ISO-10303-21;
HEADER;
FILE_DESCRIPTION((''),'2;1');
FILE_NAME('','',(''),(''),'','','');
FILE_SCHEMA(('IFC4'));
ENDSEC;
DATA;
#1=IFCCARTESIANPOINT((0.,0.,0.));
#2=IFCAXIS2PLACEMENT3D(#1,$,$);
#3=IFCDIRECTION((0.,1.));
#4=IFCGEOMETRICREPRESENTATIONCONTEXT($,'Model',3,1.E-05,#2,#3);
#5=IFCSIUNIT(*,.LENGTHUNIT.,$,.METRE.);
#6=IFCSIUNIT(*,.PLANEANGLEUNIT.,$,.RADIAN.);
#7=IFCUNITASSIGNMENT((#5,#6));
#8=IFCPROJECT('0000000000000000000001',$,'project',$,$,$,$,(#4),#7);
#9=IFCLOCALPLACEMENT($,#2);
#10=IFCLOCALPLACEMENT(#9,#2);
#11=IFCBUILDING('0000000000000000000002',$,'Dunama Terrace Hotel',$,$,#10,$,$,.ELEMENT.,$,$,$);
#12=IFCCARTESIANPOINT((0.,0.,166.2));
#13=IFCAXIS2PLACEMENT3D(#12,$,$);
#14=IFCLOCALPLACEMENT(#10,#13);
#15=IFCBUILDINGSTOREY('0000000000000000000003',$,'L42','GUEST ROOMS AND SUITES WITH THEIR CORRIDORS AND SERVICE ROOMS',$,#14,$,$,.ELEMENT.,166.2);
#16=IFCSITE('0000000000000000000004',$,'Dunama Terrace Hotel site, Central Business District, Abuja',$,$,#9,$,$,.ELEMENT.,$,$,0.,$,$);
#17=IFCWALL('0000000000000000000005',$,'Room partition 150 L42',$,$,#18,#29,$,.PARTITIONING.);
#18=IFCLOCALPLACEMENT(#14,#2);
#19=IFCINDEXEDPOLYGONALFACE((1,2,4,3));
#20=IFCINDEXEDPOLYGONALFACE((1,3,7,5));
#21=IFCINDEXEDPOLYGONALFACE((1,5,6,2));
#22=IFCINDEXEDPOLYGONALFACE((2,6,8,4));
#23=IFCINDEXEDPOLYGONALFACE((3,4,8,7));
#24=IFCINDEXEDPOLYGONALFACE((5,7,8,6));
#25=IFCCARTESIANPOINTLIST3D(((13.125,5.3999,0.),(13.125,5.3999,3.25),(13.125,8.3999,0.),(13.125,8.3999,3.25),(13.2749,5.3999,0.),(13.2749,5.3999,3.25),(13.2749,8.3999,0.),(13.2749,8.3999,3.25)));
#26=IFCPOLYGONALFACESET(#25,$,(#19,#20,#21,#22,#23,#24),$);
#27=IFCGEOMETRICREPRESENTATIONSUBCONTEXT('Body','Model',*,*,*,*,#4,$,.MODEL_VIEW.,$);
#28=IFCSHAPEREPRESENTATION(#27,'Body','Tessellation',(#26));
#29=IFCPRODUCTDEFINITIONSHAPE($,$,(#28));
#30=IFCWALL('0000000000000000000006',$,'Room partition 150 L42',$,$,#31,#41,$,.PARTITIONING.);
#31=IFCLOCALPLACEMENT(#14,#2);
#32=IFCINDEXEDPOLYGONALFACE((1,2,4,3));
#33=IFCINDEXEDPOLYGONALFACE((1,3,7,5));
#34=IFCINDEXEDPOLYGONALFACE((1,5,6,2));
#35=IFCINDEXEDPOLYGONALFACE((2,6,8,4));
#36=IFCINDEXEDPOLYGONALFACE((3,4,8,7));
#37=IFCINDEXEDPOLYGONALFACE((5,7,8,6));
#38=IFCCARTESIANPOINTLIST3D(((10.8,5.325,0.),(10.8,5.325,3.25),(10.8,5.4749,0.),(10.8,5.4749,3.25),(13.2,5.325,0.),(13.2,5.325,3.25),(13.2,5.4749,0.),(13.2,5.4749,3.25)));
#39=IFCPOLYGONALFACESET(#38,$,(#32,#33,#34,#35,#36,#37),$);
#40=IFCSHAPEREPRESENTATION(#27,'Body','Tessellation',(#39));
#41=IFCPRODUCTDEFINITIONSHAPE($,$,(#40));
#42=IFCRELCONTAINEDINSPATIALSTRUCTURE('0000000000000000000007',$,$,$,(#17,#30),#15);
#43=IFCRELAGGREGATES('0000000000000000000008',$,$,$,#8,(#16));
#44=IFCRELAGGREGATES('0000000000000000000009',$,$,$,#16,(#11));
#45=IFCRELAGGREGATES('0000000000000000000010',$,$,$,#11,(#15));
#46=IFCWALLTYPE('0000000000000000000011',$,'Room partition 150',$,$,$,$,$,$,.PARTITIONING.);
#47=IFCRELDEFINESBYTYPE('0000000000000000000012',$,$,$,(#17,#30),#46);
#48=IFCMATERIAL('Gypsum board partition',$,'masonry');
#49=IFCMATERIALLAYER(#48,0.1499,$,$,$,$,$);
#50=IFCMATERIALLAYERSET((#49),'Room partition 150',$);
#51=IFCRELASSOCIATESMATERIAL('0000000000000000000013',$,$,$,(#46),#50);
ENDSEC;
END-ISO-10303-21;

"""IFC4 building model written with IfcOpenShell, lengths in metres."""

from ifc_helpers import new_model, si_unit, direction, frame, frame_2d, origin, place, context, subcontext, project, spatial, rectangle, extrude, material, layer, layer_set, type_object, element, save


model = new_model("IFC4")

# Units and contexts
model_context = context("Model", 3, precision=1e-05, world=origin(), true_north=direction((0.0, 1.0)))
body_context = subcontext(model_context, "Body", "Model", "MODEL_VIEW")
ifc_project = project(units=[si_unit("LENGTHUNIT", "METRE"), si_unit("PLANEANGLEUNIT", "RADIAN")], contexts=[model_context])

# Site, building, storey
site_placement = place(None, origin())
site = spatial("IfcSite", under=ifc_project, at=site_placement, Name="Dunama Terrace Hotel site, Central Business District, Abuja", CompositionType="ELEMENT", RefElevation=0.0)
building_placement = place(site_placement, origin())
building = spatial("IfcBuilding", under=site, at=building_placement, Name="Dunama Terrace Hotel", CompositionType="ELEMENT")
storey_placement = place(building_placement, frame((0.0, 0.0, 166.2)))
storey = spatial("IfcBuildingStorey", under=building, at=storey_placement, Name="L42", Description="GUEST ROOMS AND SUITES WITH THEIR CORRIDORS AND SERVICE ROOMS", CompositionType="ELEMENT", Elevation=166.2)

# Walls
ifc_material_1 = material(Name="Gypsum board partition", Category="masonry")
ifc_layer_1 = layer(ifc_material_1, 0.1499)
ifc_layer_set_1 = layer_set([ifc_layer_1], Name="Room partition 150")
wall_type_1 = type_object("IfcWallType", Name="Room partition 150", PredefinedType="PARTITIONING", material=ifc_layer_set_1)
wall_1_placement = place(storey_placement, frame((13.2, 5.3999, 0.0), z_axis=(0.0, 0.0, 1.0), x_axis=(0.0, 1.0, 0.0)))
element("IfcWall", 1, at=wall_1_placement, inside=storey, type_object=wall_type_1, Name="Room partition 150 L42", PredefinedType="PARTITIONING", context=body_context, shape_type="SweptSolid", body=[
    extrude(rectangle(XDim=3.0, YDim=0.1499, at=frame_2d((1.5, 0.0))), origin(), (0.0, 0.0, 1.0), 3.25),
])
wall_2_placement = place(storey_placement, frame((10.8, 5.3999, 0.0), z_axis=(0.0, 0.0, 1.0), x_axis=(1.0, 0.0, 0.0)))
element("IfcWall", 2, at=wall_2_placement, inside=storey, type_object=wall_type_1, Name="Room partition 150 L42", PredefinedType="PARTITIONING", context=body_context, shape_type="SweptSolid", body=[
    extrude(rectangle(XDim=2.3999, YDim=0.1499, at=frame_2d((1.2, 0.0))), origin(), (0.0, 0.0, 1.0), 3.25),
])

save(model, "model.ifc")
